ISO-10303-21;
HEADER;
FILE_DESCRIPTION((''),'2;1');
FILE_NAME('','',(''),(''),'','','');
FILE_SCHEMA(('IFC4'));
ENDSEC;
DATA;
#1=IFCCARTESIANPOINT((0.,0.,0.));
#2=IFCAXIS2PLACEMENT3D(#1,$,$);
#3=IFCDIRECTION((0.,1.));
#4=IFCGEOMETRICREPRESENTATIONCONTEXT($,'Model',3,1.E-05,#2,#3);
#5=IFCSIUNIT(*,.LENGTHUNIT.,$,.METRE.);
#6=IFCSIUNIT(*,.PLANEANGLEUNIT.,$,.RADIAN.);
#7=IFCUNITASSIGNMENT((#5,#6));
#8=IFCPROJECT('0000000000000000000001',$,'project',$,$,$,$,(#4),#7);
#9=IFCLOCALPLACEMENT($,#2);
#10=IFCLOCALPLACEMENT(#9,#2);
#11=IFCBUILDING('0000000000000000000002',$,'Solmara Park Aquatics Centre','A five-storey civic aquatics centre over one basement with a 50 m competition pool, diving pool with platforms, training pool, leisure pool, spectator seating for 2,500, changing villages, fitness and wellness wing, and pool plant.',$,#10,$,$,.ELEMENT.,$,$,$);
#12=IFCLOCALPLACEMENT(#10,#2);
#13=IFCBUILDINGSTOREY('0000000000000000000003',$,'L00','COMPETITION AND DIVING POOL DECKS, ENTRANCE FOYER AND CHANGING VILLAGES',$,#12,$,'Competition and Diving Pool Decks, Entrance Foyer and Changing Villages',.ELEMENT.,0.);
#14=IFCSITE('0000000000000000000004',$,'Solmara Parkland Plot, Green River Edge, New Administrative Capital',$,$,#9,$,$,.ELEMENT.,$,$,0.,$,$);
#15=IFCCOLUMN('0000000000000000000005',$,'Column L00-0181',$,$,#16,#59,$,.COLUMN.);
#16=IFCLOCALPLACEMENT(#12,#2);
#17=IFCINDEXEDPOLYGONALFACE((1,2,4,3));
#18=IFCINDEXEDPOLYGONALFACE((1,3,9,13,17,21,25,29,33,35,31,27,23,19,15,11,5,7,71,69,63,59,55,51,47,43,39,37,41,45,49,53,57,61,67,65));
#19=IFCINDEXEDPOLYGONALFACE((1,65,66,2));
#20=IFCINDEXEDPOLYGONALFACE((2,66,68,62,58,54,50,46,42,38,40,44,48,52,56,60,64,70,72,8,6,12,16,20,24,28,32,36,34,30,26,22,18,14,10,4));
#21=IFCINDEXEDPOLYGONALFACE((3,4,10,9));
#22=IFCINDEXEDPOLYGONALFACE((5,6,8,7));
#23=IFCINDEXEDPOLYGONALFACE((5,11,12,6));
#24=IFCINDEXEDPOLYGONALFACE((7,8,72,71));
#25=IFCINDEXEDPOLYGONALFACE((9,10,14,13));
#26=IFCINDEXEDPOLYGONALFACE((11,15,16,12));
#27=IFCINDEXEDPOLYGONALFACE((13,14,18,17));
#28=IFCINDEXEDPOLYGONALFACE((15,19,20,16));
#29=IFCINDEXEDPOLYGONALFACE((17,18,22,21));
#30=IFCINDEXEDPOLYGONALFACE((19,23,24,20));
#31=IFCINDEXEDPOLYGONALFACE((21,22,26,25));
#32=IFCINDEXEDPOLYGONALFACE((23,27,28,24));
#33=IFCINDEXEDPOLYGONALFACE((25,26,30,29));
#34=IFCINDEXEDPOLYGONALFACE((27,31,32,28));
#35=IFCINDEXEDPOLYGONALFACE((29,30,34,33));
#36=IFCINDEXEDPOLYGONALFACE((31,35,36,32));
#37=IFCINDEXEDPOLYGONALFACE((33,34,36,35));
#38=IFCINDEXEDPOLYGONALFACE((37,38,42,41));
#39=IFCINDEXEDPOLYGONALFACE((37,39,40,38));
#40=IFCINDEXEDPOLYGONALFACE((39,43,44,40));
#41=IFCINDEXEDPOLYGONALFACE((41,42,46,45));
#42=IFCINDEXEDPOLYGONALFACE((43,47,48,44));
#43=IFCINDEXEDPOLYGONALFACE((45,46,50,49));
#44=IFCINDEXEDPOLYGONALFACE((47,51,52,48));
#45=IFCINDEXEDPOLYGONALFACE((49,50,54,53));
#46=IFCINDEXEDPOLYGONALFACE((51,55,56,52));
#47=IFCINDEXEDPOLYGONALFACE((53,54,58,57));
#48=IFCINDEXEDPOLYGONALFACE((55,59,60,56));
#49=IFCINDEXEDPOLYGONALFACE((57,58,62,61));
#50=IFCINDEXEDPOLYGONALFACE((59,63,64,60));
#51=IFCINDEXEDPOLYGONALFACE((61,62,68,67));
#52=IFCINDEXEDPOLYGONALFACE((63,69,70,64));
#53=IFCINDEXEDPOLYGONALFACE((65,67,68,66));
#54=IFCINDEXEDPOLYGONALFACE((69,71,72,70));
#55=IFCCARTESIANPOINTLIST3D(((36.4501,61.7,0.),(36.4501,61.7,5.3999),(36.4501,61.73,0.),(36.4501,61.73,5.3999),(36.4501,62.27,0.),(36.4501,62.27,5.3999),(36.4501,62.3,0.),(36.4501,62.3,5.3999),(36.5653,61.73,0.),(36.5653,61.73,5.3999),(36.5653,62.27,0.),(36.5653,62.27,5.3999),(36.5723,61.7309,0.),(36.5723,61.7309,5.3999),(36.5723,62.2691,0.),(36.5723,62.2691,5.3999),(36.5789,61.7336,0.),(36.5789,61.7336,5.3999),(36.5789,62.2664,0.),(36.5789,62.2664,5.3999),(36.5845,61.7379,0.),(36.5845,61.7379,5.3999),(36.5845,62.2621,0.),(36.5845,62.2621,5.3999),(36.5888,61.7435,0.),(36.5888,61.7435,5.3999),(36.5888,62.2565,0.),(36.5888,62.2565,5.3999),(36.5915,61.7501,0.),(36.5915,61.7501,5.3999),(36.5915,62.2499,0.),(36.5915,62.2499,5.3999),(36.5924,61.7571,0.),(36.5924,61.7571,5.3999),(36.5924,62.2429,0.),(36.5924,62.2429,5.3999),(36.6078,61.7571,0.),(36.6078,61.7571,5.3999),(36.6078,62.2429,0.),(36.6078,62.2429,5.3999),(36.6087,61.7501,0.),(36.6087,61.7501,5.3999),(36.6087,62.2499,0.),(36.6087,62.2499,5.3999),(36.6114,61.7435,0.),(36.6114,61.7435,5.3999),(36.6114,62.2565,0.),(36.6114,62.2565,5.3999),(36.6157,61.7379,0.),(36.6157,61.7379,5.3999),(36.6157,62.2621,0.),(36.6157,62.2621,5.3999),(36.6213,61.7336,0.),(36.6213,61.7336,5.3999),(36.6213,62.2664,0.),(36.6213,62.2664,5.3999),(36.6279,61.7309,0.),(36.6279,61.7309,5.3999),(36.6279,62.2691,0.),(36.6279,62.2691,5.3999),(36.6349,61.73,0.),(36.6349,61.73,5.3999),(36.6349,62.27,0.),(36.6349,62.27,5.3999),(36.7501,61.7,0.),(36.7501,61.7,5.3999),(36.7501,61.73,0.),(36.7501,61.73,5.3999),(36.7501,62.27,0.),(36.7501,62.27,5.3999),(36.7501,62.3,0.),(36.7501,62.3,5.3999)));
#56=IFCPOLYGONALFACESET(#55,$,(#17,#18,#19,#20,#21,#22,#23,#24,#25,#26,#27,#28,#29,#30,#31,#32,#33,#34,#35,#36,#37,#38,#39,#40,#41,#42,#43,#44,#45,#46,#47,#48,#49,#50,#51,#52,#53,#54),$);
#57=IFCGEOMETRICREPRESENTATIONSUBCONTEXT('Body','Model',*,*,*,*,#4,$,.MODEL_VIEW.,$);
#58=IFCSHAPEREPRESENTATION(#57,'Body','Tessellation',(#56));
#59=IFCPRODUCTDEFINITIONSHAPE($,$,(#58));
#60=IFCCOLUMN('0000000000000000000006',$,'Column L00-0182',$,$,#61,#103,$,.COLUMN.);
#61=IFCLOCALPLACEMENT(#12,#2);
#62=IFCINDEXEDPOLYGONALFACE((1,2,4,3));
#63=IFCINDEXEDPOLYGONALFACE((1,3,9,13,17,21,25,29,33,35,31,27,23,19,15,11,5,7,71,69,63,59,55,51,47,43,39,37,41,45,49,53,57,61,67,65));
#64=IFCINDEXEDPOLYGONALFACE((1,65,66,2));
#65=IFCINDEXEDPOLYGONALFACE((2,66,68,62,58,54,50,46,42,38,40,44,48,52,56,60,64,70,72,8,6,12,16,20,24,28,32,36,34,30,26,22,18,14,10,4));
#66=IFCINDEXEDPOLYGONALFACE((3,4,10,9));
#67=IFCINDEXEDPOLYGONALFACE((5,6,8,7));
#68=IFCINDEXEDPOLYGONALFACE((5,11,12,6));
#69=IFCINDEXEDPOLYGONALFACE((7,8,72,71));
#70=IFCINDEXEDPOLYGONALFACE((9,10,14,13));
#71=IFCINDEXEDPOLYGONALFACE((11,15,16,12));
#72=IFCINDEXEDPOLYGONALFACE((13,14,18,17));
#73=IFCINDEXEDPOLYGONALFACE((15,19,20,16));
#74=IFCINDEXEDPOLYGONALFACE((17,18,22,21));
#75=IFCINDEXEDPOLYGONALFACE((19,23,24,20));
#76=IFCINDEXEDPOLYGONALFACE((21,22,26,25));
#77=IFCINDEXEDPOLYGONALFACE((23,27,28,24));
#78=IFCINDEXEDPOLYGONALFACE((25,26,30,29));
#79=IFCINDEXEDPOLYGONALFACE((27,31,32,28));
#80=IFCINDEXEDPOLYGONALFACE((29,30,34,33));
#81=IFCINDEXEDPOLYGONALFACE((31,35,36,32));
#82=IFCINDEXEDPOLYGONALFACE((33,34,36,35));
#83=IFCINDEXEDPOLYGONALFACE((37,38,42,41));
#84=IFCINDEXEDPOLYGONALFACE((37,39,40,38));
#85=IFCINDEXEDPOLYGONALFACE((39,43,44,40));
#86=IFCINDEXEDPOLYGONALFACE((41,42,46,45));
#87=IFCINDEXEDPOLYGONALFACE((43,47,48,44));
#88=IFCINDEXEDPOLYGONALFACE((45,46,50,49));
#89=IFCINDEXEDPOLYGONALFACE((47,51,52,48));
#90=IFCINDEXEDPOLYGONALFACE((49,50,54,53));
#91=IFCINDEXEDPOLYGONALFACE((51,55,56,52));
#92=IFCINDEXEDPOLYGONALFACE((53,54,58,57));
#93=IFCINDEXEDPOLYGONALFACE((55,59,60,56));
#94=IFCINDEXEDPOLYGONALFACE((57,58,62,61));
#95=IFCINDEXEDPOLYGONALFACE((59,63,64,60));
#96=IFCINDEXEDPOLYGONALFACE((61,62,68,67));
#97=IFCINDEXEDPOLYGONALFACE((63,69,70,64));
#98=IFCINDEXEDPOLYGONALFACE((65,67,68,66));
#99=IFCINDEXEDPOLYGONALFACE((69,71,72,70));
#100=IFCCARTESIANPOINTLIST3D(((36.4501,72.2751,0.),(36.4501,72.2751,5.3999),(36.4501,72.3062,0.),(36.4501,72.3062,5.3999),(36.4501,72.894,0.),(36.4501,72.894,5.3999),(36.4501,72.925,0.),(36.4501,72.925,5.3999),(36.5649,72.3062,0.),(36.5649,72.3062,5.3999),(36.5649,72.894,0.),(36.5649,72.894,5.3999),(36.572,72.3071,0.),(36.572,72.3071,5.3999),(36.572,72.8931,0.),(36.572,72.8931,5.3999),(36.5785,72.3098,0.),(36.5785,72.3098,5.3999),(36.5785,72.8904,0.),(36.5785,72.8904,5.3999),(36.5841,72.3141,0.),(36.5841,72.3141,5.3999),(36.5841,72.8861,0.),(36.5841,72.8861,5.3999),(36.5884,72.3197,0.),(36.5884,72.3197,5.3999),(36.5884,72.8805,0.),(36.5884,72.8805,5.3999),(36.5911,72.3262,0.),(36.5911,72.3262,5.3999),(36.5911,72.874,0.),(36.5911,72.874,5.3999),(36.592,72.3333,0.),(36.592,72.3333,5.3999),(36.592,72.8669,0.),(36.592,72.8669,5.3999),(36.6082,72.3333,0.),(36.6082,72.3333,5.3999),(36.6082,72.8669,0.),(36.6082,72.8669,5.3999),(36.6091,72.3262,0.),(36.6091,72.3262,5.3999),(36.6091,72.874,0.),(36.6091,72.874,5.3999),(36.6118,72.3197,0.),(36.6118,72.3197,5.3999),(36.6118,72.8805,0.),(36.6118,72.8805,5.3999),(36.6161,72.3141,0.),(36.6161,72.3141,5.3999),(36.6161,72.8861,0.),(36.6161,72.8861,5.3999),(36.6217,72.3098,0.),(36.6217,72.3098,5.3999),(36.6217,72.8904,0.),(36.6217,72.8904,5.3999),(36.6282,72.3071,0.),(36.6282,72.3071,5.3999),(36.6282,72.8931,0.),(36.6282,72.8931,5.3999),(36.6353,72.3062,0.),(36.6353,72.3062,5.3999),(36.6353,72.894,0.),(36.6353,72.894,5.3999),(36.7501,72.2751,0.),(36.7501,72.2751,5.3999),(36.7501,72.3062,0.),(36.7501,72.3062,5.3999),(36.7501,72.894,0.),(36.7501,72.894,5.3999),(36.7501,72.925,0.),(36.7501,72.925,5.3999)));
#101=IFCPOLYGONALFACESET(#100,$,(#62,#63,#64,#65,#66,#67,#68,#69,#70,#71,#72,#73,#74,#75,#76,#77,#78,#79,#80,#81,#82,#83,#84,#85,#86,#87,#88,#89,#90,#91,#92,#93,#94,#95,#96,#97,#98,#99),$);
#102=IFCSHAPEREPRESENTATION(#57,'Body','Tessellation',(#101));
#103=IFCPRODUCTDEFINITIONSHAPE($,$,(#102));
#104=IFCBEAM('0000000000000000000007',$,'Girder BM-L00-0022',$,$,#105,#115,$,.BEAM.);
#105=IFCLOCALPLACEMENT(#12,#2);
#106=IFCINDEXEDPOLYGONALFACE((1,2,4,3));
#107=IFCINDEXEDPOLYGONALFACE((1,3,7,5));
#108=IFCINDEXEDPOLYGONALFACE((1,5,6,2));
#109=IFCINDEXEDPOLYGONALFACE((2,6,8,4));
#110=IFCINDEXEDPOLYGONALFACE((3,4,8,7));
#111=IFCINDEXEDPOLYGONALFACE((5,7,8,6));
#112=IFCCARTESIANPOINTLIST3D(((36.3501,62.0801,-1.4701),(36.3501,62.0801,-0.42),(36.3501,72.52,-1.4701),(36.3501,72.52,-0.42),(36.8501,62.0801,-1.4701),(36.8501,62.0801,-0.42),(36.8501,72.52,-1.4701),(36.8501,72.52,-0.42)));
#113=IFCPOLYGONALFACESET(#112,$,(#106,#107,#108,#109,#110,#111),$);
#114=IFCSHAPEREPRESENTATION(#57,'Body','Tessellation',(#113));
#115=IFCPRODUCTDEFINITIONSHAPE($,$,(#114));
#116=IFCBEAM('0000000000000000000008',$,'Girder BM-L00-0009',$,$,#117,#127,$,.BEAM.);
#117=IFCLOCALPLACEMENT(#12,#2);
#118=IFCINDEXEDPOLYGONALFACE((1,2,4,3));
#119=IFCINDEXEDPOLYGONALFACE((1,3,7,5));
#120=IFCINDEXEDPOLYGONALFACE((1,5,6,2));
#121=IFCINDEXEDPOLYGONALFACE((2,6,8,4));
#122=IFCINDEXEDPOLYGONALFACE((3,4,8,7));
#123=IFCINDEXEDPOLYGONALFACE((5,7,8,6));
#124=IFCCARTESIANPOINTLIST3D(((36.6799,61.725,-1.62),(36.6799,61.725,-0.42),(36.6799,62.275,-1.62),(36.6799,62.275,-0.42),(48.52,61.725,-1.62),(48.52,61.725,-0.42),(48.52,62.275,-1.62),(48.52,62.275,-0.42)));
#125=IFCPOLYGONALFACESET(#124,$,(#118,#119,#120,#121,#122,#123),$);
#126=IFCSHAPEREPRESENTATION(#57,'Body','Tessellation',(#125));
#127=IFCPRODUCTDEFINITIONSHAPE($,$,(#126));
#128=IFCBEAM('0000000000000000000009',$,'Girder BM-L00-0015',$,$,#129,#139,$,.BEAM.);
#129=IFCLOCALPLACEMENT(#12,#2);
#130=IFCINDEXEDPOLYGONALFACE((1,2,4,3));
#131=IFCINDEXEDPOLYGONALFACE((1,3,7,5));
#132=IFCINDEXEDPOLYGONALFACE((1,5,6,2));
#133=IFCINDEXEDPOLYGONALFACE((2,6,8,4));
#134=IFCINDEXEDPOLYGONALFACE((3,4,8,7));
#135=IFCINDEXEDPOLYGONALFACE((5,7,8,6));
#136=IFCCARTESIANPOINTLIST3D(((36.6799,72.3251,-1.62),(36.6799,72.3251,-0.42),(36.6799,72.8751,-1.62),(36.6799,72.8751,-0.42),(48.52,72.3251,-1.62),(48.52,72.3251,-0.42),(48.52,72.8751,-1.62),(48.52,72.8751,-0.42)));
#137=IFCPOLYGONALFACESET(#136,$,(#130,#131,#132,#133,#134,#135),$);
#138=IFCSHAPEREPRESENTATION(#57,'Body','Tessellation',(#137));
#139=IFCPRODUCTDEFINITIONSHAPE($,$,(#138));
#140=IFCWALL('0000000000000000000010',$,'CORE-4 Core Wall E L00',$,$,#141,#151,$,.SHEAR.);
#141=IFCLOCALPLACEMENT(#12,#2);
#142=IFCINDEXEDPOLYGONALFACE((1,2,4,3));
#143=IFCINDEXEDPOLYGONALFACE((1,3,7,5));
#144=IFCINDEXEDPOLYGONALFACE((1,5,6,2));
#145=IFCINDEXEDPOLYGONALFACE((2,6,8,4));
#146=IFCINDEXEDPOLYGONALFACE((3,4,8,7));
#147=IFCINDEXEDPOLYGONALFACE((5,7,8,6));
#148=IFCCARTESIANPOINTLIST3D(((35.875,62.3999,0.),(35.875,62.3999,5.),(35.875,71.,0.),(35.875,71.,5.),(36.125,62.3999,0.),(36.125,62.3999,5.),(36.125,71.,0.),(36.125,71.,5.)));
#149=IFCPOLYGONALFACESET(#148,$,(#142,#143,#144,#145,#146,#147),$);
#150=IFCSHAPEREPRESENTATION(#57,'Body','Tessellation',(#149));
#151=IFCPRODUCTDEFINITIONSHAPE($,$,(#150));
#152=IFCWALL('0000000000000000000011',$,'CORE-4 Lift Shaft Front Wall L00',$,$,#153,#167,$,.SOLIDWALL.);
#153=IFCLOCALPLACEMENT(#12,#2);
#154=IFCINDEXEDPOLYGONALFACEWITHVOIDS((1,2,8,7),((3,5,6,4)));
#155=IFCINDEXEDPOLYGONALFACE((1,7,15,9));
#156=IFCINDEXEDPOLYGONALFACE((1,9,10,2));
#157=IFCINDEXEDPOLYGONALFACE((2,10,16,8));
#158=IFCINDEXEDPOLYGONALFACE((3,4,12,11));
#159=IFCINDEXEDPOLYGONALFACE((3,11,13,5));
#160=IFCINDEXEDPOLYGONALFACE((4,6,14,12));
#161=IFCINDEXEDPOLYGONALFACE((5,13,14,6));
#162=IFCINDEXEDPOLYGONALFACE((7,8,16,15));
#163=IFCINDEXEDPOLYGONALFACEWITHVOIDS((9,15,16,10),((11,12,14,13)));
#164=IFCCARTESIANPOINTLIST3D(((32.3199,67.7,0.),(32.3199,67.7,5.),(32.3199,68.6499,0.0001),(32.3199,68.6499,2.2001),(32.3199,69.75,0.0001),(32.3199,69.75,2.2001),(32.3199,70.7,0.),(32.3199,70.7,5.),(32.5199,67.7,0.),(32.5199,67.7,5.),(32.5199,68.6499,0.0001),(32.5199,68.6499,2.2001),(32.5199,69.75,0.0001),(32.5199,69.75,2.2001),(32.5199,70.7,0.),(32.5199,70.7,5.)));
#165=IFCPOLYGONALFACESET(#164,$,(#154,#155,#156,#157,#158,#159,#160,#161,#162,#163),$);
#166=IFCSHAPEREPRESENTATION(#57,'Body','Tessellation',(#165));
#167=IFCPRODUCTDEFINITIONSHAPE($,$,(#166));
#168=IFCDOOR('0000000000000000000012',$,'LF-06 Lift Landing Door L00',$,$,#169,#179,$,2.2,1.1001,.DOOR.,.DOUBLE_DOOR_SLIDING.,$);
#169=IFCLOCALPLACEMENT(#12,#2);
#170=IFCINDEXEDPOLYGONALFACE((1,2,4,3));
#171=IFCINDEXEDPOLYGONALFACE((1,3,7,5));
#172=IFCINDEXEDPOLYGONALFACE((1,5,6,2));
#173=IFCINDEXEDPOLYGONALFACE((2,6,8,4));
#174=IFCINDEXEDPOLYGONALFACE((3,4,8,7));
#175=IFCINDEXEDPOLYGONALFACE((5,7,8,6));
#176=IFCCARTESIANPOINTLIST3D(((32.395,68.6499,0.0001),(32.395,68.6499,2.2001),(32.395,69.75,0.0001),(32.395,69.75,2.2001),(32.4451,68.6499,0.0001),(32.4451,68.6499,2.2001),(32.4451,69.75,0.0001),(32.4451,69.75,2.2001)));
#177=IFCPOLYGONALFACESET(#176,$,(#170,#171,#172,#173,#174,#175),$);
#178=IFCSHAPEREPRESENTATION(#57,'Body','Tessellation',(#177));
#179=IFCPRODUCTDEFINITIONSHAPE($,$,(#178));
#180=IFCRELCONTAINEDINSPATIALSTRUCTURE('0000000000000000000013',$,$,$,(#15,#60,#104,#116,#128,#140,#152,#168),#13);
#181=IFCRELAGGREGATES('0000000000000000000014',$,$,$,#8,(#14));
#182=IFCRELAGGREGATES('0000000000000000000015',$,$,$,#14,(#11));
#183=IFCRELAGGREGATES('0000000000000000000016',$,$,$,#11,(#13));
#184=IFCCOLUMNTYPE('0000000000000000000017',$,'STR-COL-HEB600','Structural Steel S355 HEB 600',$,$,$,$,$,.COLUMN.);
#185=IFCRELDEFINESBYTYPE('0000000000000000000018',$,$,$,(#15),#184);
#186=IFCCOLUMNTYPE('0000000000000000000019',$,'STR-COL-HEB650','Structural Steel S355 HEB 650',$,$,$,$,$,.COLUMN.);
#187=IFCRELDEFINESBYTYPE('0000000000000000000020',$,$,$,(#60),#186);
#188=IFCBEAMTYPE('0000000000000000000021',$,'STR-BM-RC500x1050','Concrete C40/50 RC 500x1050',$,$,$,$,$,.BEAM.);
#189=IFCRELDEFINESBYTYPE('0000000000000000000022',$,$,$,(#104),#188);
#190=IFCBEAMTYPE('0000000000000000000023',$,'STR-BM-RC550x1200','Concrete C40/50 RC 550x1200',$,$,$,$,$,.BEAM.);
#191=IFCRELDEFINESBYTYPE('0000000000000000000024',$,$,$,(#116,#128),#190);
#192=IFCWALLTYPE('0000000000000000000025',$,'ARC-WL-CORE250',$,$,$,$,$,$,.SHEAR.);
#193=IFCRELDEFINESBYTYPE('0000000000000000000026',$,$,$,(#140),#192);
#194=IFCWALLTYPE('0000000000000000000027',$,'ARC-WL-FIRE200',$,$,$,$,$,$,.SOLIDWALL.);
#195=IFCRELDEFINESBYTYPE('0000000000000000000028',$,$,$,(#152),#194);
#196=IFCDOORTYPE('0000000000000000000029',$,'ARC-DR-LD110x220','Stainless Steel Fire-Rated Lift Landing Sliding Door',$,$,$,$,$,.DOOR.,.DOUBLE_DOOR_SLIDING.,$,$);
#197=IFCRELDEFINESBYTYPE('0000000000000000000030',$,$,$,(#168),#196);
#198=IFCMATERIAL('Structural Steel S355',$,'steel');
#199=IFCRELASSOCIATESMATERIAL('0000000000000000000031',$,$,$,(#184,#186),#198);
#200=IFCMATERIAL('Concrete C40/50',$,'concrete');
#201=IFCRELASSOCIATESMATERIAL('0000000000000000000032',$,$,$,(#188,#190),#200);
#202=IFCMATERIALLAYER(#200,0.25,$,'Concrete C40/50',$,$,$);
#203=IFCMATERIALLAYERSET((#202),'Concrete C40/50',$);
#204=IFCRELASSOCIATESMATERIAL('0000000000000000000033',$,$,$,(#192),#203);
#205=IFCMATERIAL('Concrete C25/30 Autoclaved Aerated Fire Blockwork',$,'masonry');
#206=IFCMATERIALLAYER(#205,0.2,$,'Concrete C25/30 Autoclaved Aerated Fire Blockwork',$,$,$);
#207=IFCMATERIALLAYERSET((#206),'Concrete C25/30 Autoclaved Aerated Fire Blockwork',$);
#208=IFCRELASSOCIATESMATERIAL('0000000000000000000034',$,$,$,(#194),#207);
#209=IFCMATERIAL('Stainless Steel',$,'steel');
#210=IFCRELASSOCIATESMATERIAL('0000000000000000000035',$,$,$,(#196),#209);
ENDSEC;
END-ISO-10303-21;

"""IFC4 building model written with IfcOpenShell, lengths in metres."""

from ifc_helpers import new_model, si_unit, direction, frame, frame_2d, origin, origin_2d, place, context, subcontext, project, spatial, rectangle, i_section, extrude, material, layer, layer_set, material_profile, profile_set, type_object, element, fill, save


model = new_model("IFC4")

# Units and contexts
model_context = context("Model", 3, precision=1e-05, world=origin(), true_north=direction((0.0, 1.0)))
body_context = subcontext(model_context, "Body", "Model", "MODEL_VIEW")
ifc_project = project(units=[si_unit("LENGTHUNIT", "METRE"), si_unit("PLANEANGLEUNIT", "RADIAN")], contexts=[model_context])

# Site, building, storey
site_placement = place(None, origin())
site = spatial("IfcSite", under=ifc_project, at=site_placement, Name="Solmara Parkland Plot, Green River Edge, New Administrative Capital", CompositionType="ELEMENT", RefElevation=0.0)
building_placement = place(site_placement, origin())
building = spatial("IfcBuilding", under=site, at=building_placement, Name="Solmara Park Aquatics Centre", Description="A five-storey civic aquatics centre over one basement with a 50 m competition pool, diving pool with platforms, training pool, leisure pool, spectator seating for 2,500, changing villages, fitness and wellness wing, and pool plant.", CompositionType="ELEMENT")
storey_placement = place(building_placement, origin())
storey = spatial("IfcBuildingStorey", under=building, at=storey_placement, Name="L00", Description="COMPETITION AND DIVING POOL DECKS, ENTRANCE FOYER AND CHANGING VILLAGES", LongName="Competition and Diving Pool Decks, Entrance Foyer and Changing Villages", CompositionType="ELEMENT", Elevation=0.0)

# Columns
ifc_material_1 = material(Name="Structural Steel S355", Category="steel")
ifc_material_profile_1 = material_profile(ifc_material_1, i_section(OverallWidth=0.3, OverallDepth=0.6001, WebThickness=0.0154, FlangeThickness=0.03, FilletRadius=0.0271, at=origin_2d()), Name="HEB 600")
ifc_profile_set_1 = profile_set([ifc_material_profile_1], Name="Structural Steel S355")
column_type_1 = type_object("IfcColumnType", Name="STR-COL-HEB600", Description="Structural Steel S355 HEB 600", PredefinedType="COLUMN", material=ifc_profile_set_1)
column_1_placement = place(storey_placement, frame((36.6001, 62.0, 0.0), z_axis=(0.0, 0.0, 1.0), x_axis=(1.0, 0.0, 0.0)))
element("IfcColumn", 1, at=column_1_placement, inside=storey, type_object=column_type_1, Name="Column L00-0181", PredefinedType="COLUMN", context=body_context, shape_type="SweptSolid", body=[
    extrude(i_section(OverallWidth=0.3, OverallDepth=0.6001, WebThickness=0.0154, FlangeThickness=0.03, FilletRadius=0.0271, at=origin_2d()), origin(), (0.0, 0.0, 1.0), 5.3999),
])
ifc_material_profile_2 = material_profile(ifc_material_1, i_section(OverallWidth=0.3, OverallDepth=0.6499, WebThickness=0.0161, FlangeThickness=0.031, FilletRadius=0.0271, at=origin_2d()), Name="HEB 650")
ifc_profile_set_2 = profile_set([ifc_material_profile_2], Name="Structural Steel S355")
column_type_2 = type_object("IfcColumnType", Name="STR-COL-HEB650", Description="Structural Steel S355 HEB 650", PredefinedType="COLUMN", material=ifc_profile_set_2)
column_2_placement = place(storey_placement, frame((36.6001, 72.6001, 0.0), z_axis=(0.0, 0.0, 1.0), x_axis=(1.0, 0.0, 0.0)))
element("IfcColumn", 2, at=column_2_placement, inside=storey, type_object=column_type_2, Name="Column L00-0182", PredefinedType="COLUMN", context=body_context, shape_type="SweptSolid", body=[
    extrude(i_section(OverallWidth=0.3, OverallDepth=0.6499, WebThickness=0.0161, FlangeThickness=0.031, FilletRadius=0.0271, at=origin_2d()), origin(), (0.0, 0.0, 1.0), 5.3999),
])

# Beams
ifc_material_2 = material(Name="Concrete C40/50", Category="concrete")
ifc_material_profile_3 = material_profile(ifc_material_2, rectangle(XDim=0.5, YDim=1.05, at=origin_2d()), Name="RC 500x1050")
ifc_profile_set_3 = profile_set([ifc_material_profile_3], Name="Concrete C40/50")
beam_type_1 = type_object("IfcBeamType", Name="STR-BM-RC500x1050", Description="Concrete C40/50 RC 500x1050", PredefinedType="BEAM", material=ifc_profile_set_3)
beam_placement = place(storey_placement, frame((36.6001, 62.0801, -0.9451), z_axis=(0.0, 1.0, 0.0), x_axis=(-1.0, 0.0, 0.0)))
element("IfcBeam", 3, at=beam_placement, inside=storey, type_object=beam_type_1, Name="Girder BM-L00-0022", PredefinedType="BEAM", context=body_context, shape_type="SweptSolid", body=[
    extrude(rectangle(XDim=0.5, YDim=1.05, at=origin_2d()), origin(), (0.0, 0.0, 1.0), 10.4399),
])
ifc_material_profile_4 = material_profile(ifc_material_2, rectangle(XDim=0.55, YDim=1.2, at=origin_2d()), Name="RC 550x1200")
ifc_profile_set_4 = profile_set([ifc_material_profile_4], Name="Concrete C40/50")
beam_type_2 = type_object("IfcBeamType", Name="STR-BM-RC550x1200", Description="Concrete C40/50 RC 550x1200", PredefinedType="BEAM", material=ifc_profile_set_4)
for number, where, z_axis, x_axis, name in (
    (4, (36.6799, 62.0, -1.02), (1.0, 0.0, 0.0), (0.0, 1.0, 0.0), "Girder BM-L00-0009"),
    (5, (36.6799, 72.6001, -1.02), (1.0, 0.0, 0.0), (0.0, 1.0, 0.0), "Girder BM-L00-0015"),
):
    element("IfcBeam", number, at=place(storey_placement, frame(where, z_axis=z_axis, x_axis=x_axis)), inside=storey, type_object=beam_type_2, Name=name, PredefinedType="BEAM", context=body_context, shape_type="SweptSolid", body=[
        extrude(rectangle(XDim=0.55, YDim=1.2, at=origin_2d()), origin(), (0.0, 0.0, 1.0), 11.8401),
    ])

# Wall
ifc_layer_1 = layer(ifc_material_2, 0.25, Name="Concrete C40/50")
ifc_layer_set_1 = layer_set([ifc_layer_1], Name="Concrete C40/50")
wall_type_1 = type_object("IfcWallType", Name="ARC-WL-CORE250", PredefinedType="SHEAR", material=ifc_layer_set_1)
wall_1_placement = place(storey_placement, frame((36.0, 62.3999, 0.0), z_axis=(0.0, 0.0, 1.0), x_axis=(0.0, 1.0, 0.0)))
element("IfcWall", 6, at=wall_1_placement, inside=storey, type_object=wall_type_1, Name="CORE-4 Core Wall E L00", PredefinedType="SHEAR", context=body_context, shape_type="SweptSolid", body=[
    extrude(rectangle(XDim=8.6001, YDim=0.25, at=frame_2d((4.3, 0.0))), origin(), (0.0, 0.0, 1.0), 5.0),
])

# Wall, opening, door
ifc_material_3 = material(Name="Concrete C25/30 Autoclaved Aerated Fire Blockwork", Category="masonry")
ifc_layer_2 = layer(ifc_material_3, 0.2, Name="Concrete C25/30 Autoclaved Aerated Fire Blockwork")
ifc_layer_set_2 = layer_set([ifc_layer_2], Name="Concrete C25/30 Autoclaved Aerated Fire Blockwork")
wall_type_2 = type_object("IfcWallType", Name="ARC-WL-FIRE200", PredefinedType="SOLIDWALL", material=ifc_layer_set_2)
wall_2_placement = place(storey_placement, frame((32.4199, 67.7, 0.0), z_axis=(0.0, 0.0, 1.0), x_axis=(0.0, 1.0, 0.0)))
wall_2 = element("IfcWall", 7, at=wall_2_placement, inside=storey, type_object=wall_type_2, Name="CORE-4 Lift Shaft Front Wall L00", PredefinedType="SOLIDWALL", context=body_context, shape_type="SweptSolid", body=[
    extrude(rectangle(XDim=3.0, YDim=0.2, at=frame_2d((1.5, 0.0))), origin(), (0.0, 0.0, 1.0), 5.0),
])
opening_placement = place(wall_2_placement, frame((0.95, 0.0, 0.0)))
opening = element("IfcOpeningElement", 8, at=opening_placement, cuts=wall_2, PredefinedType="OPENING", context=body_context, shape_type="SweptSolid", body=[
    extrude(rectangle(XDim=1.1001, YDim=2.2, at=frame_2d((0.55, 1.1001))), frame((0.0, 0.1099, 0.0), z_axis=(0.0, -1.0, 0.0), x_axis=(1.0, 0.0, 0.0)), (0.0, 0.0, 1.0), 0.22),
])
ifc_material_4 = material(Name="Stainless Steel", Category="steel")
door_type = type_object("IfcDoorType", Name="ARC-DR-LD110x220", Description="Stainless Steel Fire-Rated Lift Landing Sliding Door", OperationType="DOUBLE_DOOR_SLIDING", PredefinedType="DOOR", material=ifc_material_4)
door_placement = place(opening_placement, origin())
door = element("IfcDoor", 9, at=door_placement, inside=storey, type_object=door_type, Name="LF-06 Lift Landing Door L00", OperationType="DOUBLE_DOOR_SLIDING", OverallHeight=2.2, OverallWidth=1.1001, PredefinedType="DOOR", context=body_context, shape_type="SweptSolid", body=[
    extrude(rectangle(XDim=1.1001, YDim=2.2, at=frame_2d((0.55, 1.1001))), frame((0.0, 0.0249, 0.0), z_axis=(0.0, -1.0, 0.0), x_axis=(1.0, 0.0, 0.0)), (0.0, 0.0, 1.0), 0.05),
])
fill(opening, door)

save(model, "model.ifc")
